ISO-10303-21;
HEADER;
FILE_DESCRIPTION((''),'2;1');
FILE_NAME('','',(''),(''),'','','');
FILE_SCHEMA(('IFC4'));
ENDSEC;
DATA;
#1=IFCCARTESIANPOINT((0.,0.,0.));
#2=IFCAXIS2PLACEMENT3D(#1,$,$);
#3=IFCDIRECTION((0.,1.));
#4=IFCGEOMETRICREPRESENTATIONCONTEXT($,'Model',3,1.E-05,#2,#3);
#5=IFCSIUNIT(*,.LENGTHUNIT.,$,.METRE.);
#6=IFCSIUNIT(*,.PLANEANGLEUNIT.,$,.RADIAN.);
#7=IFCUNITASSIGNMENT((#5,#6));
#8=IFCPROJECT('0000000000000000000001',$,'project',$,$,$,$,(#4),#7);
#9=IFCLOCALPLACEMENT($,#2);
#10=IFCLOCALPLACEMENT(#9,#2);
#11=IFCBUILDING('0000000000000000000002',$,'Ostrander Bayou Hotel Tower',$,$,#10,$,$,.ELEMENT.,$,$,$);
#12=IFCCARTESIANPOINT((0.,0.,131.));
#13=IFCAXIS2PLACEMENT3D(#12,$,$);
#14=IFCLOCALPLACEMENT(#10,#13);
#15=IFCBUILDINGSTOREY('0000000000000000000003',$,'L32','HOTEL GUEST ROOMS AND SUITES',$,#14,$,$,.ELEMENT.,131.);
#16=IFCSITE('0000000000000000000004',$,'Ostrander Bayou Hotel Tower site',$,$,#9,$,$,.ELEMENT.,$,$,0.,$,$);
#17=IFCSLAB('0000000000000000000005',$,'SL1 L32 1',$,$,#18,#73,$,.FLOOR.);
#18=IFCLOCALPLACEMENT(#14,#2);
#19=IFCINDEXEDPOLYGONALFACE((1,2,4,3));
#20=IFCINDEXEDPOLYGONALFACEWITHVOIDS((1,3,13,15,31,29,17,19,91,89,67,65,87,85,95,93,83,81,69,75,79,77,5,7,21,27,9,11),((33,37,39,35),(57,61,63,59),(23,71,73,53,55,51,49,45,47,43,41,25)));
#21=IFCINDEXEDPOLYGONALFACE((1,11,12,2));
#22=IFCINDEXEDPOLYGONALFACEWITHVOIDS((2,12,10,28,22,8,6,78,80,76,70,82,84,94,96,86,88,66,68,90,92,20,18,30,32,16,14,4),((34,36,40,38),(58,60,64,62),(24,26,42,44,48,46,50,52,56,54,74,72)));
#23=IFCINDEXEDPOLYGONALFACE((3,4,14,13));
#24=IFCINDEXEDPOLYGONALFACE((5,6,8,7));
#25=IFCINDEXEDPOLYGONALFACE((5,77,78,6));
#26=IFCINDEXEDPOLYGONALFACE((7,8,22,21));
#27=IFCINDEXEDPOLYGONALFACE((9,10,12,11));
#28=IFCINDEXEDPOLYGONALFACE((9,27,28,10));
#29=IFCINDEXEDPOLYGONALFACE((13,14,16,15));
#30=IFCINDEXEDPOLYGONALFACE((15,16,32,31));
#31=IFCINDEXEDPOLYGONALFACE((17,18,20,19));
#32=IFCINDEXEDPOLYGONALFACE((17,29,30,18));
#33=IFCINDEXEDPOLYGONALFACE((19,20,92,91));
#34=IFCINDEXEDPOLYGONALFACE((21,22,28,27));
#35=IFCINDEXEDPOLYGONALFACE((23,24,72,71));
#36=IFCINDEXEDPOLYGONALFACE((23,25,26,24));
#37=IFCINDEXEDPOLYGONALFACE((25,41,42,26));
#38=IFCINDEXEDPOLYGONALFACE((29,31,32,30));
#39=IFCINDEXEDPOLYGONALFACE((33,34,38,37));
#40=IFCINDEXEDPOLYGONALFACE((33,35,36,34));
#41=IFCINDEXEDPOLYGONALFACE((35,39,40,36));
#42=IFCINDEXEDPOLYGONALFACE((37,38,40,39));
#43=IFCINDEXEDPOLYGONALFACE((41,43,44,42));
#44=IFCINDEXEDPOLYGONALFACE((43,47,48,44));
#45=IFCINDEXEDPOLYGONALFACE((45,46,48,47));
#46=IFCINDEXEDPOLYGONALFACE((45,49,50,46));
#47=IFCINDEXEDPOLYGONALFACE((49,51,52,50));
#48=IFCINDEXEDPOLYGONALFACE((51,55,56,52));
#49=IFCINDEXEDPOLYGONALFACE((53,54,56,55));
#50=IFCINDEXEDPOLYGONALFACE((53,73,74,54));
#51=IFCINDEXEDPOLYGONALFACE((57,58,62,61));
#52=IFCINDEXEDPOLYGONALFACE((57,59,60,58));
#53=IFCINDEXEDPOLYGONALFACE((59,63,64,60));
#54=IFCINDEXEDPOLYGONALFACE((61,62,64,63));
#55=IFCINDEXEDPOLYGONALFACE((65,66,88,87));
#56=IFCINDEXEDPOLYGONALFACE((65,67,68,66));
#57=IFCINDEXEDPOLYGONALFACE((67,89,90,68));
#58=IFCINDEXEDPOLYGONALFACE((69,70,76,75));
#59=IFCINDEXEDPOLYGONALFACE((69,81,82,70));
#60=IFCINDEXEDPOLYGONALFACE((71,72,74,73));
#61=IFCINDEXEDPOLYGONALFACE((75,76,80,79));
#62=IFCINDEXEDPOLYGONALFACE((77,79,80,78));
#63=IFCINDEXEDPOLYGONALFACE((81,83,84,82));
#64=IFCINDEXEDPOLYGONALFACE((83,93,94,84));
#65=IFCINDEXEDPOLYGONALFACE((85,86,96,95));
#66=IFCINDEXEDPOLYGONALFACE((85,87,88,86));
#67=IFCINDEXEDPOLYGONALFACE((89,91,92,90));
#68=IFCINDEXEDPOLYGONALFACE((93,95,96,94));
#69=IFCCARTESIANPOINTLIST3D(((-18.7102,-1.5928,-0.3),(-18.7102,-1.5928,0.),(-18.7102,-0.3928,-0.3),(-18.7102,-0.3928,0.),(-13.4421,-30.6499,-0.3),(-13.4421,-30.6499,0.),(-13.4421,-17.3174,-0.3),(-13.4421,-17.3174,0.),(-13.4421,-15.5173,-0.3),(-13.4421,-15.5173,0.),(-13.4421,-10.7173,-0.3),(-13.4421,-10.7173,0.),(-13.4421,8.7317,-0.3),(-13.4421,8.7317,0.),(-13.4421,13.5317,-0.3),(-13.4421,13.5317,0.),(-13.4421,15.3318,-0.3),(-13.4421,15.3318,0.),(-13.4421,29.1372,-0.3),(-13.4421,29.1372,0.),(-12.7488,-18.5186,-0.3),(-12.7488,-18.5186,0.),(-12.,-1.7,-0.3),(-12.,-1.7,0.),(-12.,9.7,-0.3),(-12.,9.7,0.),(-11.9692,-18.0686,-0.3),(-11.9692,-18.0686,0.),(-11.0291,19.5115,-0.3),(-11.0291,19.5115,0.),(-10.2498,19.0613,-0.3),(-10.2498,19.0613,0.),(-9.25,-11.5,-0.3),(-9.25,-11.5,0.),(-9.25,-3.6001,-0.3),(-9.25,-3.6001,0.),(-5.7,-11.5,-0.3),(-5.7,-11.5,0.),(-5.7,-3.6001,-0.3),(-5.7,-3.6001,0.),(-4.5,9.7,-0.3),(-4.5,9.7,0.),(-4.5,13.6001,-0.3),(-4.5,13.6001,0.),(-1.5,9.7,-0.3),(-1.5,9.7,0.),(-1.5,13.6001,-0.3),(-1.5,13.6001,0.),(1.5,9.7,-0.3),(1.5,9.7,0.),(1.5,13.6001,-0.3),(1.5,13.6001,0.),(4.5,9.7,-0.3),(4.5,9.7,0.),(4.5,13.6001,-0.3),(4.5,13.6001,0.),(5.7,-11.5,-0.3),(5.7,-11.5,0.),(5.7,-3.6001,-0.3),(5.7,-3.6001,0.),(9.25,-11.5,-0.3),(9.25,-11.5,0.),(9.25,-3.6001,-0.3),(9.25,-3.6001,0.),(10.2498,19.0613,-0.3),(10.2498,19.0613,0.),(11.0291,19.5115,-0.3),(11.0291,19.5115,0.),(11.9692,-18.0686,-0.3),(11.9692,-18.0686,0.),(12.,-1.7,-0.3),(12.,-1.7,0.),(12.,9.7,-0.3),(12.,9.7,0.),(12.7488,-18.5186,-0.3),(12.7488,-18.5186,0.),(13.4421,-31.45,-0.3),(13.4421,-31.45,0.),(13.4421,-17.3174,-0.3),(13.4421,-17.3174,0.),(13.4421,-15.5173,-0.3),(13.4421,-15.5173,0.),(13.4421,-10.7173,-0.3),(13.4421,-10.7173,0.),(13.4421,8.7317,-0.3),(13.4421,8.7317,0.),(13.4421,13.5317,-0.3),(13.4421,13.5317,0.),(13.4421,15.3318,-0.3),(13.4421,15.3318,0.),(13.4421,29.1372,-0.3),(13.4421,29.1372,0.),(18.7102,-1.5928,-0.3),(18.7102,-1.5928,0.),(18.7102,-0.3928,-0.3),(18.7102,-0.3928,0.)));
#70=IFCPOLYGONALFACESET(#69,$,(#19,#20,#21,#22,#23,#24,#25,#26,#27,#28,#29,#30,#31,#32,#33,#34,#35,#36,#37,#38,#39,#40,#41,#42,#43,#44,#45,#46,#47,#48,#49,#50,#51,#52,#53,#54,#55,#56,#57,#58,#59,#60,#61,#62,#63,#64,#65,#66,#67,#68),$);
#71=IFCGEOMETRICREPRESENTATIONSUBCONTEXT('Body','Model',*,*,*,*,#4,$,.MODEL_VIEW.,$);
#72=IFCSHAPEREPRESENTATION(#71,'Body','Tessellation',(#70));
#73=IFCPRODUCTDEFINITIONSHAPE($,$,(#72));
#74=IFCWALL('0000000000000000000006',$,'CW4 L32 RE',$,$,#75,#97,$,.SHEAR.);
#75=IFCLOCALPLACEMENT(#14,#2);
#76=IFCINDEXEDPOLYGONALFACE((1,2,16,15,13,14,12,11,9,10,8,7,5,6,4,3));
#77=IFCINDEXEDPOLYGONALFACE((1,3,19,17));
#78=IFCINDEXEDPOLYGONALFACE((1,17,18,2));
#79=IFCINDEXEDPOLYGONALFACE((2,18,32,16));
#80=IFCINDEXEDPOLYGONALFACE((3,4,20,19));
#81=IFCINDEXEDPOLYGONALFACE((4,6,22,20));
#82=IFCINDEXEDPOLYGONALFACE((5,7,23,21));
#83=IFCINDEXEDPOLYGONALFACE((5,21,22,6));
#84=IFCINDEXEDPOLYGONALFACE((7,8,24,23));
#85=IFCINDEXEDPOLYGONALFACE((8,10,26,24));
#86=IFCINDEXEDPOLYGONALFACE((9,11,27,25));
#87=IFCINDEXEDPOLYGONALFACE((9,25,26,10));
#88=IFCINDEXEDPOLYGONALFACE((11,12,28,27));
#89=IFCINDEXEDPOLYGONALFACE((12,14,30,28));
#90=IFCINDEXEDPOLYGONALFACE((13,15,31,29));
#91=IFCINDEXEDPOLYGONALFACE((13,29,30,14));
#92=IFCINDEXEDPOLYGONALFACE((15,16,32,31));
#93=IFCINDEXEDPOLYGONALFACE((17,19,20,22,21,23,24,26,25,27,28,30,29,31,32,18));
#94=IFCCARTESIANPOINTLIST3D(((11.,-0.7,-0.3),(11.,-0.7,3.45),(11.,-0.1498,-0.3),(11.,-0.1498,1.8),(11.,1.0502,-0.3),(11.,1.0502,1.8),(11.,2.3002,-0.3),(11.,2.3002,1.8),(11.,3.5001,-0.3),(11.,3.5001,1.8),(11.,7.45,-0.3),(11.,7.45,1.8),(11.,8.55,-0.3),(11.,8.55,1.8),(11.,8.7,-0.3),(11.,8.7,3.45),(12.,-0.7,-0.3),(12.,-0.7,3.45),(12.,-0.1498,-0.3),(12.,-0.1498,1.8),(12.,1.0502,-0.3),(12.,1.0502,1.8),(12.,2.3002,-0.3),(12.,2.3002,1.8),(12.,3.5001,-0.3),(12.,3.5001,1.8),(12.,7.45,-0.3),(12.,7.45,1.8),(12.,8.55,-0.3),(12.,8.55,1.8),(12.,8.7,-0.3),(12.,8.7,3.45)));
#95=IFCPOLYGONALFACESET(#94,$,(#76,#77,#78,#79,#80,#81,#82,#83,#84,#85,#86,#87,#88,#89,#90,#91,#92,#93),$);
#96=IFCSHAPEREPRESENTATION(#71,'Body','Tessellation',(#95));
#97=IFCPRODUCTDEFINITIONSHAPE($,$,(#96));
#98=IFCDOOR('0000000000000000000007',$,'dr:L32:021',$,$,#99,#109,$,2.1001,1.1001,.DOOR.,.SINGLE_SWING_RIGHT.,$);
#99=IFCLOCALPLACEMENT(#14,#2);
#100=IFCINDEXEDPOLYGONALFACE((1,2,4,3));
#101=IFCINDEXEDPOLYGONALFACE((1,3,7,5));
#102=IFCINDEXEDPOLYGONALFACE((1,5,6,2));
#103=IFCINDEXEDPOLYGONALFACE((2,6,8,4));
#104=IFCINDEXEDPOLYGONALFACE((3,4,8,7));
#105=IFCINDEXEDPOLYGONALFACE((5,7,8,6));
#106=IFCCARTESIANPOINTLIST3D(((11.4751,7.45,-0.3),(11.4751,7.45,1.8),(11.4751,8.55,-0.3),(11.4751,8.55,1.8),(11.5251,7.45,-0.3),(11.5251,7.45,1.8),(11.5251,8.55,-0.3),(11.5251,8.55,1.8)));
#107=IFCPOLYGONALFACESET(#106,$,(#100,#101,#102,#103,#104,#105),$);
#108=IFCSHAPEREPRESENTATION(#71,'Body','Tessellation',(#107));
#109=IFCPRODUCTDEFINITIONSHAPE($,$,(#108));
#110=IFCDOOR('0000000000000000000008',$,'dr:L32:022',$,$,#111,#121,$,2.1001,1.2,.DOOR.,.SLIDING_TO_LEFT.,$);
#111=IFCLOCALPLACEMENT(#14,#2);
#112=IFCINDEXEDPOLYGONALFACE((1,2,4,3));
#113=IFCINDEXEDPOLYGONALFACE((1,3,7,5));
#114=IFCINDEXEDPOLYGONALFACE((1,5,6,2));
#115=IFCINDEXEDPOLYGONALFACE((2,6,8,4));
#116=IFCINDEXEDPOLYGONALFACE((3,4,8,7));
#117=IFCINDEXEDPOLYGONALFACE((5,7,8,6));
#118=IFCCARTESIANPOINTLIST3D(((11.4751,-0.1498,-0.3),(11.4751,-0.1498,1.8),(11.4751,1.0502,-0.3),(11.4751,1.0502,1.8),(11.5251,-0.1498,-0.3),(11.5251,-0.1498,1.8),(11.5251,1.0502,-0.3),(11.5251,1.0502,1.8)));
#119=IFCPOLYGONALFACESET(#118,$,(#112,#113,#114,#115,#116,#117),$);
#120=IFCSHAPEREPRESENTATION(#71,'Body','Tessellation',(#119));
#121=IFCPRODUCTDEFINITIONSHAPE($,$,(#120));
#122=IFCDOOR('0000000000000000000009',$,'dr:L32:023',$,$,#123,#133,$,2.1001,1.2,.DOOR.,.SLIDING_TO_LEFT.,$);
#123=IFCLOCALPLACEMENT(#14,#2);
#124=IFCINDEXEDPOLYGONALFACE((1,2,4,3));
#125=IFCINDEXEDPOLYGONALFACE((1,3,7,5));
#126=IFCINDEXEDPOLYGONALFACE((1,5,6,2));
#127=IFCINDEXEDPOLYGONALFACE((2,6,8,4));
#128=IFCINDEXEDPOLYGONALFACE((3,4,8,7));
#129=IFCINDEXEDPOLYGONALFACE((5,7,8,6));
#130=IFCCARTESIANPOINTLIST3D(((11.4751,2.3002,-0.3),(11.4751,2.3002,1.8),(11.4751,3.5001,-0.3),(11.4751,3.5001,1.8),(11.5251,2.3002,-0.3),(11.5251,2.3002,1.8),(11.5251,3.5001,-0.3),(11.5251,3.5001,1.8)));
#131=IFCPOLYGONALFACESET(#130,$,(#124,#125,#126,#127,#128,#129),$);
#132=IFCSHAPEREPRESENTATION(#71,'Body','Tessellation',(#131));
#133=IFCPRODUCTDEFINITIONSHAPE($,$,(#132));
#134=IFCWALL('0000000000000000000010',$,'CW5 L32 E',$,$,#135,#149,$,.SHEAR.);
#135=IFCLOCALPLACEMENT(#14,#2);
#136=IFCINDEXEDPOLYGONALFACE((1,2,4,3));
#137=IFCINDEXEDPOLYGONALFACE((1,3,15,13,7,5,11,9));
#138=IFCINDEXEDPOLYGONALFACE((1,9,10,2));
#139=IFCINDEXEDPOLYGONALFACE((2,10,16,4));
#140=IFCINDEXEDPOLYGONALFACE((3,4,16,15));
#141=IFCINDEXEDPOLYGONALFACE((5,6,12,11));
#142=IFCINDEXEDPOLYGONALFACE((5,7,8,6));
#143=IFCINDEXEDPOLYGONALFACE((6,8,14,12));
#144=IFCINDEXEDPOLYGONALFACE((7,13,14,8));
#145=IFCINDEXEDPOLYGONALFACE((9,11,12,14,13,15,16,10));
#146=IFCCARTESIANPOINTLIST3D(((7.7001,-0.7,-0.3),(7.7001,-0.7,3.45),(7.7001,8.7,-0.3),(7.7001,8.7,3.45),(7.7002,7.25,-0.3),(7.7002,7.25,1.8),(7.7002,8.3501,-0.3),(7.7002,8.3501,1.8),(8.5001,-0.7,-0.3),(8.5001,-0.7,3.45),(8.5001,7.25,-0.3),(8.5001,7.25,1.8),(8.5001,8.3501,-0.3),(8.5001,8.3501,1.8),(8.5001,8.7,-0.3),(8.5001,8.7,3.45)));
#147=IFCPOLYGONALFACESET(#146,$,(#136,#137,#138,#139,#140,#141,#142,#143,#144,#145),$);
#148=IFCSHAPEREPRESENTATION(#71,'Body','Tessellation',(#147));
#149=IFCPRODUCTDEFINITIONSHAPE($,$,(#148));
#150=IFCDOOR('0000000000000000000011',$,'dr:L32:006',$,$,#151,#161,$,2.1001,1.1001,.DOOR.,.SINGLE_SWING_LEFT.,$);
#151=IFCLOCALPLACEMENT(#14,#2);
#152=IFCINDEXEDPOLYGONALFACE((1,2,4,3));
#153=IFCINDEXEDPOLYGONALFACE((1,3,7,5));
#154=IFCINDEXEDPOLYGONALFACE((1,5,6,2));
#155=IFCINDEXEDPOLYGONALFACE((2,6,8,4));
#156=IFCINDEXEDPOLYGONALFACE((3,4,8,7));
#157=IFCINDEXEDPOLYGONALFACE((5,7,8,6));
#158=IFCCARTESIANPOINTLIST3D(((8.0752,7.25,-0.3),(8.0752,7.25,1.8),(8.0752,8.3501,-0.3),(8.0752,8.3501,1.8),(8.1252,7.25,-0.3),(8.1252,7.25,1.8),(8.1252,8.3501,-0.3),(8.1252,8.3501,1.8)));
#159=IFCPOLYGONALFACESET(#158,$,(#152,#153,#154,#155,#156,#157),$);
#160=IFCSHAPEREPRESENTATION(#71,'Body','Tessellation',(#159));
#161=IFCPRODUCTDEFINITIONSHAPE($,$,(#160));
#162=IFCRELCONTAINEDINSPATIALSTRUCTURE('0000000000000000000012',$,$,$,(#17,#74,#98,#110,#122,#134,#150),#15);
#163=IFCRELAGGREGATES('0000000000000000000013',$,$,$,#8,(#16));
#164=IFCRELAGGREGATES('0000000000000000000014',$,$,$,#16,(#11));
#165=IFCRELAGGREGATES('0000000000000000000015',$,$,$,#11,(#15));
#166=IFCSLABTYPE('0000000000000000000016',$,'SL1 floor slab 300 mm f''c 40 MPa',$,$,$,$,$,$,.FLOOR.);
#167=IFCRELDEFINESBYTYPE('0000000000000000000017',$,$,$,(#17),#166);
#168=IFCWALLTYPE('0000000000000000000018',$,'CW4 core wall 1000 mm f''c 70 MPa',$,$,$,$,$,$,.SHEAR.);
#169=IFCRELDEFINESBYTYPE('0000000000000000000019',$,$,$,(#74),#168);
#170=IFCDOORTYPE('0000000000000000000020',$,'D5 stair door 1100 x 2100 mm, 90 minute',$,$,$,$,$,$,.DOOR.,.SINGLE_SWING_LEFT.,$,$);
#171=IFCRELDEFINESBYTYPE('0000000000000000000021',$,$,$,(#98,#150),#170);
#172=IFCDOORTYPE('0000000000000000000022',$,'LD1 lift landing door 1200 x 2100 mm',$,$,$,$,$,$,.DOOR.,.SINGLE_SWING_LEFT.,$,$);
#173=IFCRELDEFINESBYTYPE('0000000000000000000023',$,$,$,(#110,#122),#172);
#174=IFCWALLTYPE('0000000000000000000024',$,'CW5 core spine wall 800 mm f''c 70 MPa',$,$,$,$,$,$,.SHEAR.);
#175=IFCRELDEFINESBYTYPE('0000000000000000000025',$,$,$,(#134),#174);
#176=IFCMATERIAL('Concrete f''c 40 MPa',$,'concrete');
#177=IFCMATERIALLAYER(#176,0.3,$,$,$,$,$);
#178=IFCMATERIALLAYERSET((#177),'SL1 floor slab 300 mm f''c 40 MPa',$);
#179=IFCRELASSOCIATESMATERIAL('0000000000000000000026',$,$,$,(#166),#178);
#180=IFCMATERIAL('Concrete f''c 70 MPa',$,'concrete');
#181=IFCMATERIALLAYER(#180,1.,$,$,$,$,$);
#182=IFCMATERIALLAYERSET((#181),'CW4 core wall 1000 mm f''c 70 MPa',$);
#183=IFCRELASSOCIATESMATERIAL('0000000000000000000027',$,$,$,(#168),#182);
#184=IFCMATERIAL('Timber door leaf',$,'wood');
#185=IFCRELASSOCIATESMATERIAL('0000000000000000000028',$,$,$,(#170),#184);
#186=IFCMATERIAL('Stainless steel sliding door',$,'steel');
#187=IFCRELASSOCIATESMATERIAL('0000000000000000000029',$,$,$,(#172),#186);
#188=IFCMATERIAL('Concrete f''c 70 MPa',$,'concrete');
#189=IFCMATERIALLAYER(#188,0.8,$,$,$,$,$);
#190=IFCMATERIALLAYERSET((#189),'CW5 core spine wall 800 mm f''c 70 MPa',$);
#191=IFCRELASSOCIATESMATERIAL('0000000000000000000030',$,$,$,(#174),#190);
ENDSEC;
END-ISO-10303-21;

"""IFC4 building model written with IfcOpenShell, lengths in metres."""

from ifc_helpers import new_model, si_unit, direction, frame, frame_2d, origin, place, context, subcontext, project, spatial, polyline, rectangle, outline, extrude, material, layer, layer_set, type_object, element, fill, save


model = new_model("IFC4")

# Units and contexts
model_context = context("Model", 3, precision=1e-05, world=origin(), true_north=direction((0.0, 1.0)))
body_context = subcontext(model_context, "Body", "Model", "MODEL_VIEW")
ifc_project = project(units=[si_unit("LENGTHUNIT", "METRE"), si_unit("PLANEANGLEUNIT", "RADIAN")], contexts=[model_context])

# Site, building, storey
site_placement = place(None, origin())
site = spatial("IfcSite", under=ifc_project, at=site_placement, Name="Ostrander Bayou Hotel Tower site", CompositionType="ELEMENT", RefElevation=0.0)
building_placement = place(site_placement, origin())
building = spatial("IfcBuilding", under=site, at=building_placement, Name="Ostrander Bayou Hotel Tower", CompositionType="ELEMENT")
storey_placement = place(building_placement, frame((0.0, 0.0, 131.0)))
storey = spatial("IfcBuildingStorey", under=building, at=storey_placement, Name="L32", Description="HOTEL GUEST ROOMS AND SUITES", CompositionType="ELEMENT", Elevation=131.0)

# Slab
ifc_material_1 = material(Name="Concrete f'c 40 MPa", Category="concrete")
ifc_layer_1 = layer(ifc_material_1, 0.3)
ifc_layer_set_1 = layer_set([ifc_layer_1], Name="SL1 floor slab 300 mm f'c 40 MPa")
slab_type = type_object("IfcSlabType", Name="SL1 floor slab 300 mm f'c 40 MPa", PredefinedType="FLOOR", material=ifc_layer_set_1)
slab_placement = place(storey_placement, frame((0.0, 0.0, -0.3)))
element("IfcSlab", 1, at=slab_placement, inside=storey, type_object=slab_type, Name="SL1 L32 1", PredefinedType="FLOOR", context=body_context, shape_type="SweptSolid", body=[
    extrude(outline(polyline([(-12.7488, -18.5186), (-11.9692, -18.0686), (-13.4421, -15.5173), (-13.4421, -10.7173), (-18.7102, -1.5928), (-18.7102, -0.3928), (-13.4421, 8.7317), (-13.4421, 13.5317), (-10.2498, 19.0613), (-11.0291, 19.5115), (-13.4421, 15.3318), (-13.4421, 29.1372), (13.4421, 29.1372), (13.4421, 15.3318), (11.0291, 19.5115), (10.2498, 19.0613), (13.4421, 13.5317), (13.4421, 8.7317), (18.7102, -0.3928), (18.7102, -1.5928), (13.4421, -10.7173), (13.4421, -15.5173), (11.9692, -18.0686), (12.7488, -18.5186), (13.4421, -17.3174), (13.4421, -31.45), (-13.4421, -30.6499), (-13.4421, -17.3174), (-12.7488, -18.5186)]), holes=[polyline([(-12.0, -1.7), (12.0, -1.7), (12.0, 9.7), (4.5, 9.7), (4.5, 13.6001), (1.5, 13.6001), (1.5, 9.7), (-1.5, 9.7), (-1.5, 13.6001), (-4.5, 13.6001), (-4.5, 9.7), (-12.0, 9.7), (-12.0, -1.7)]), polyline([(9.25, -3.6001), (5.7, -3.6001), (5.7, -11.5), (9.25, -11.5), (9.25, -3.6001)]), polyline([(-5.7, -3.6001), (-9.25, -3.6001), (-9.25, -11.5), (-5.7, -11.5), (-5.7, -3.6001)])]), origin(), (0.0, 0.0, 1.0), 0.3),
])

# Wall, openings, doors
ifc_material_2 = material(Name="Concrete f'c 70 MPa", Category="concrete")
ifc_layer_2 = layer(ifc_material_2, 1.0)
ifc_layer_set_2 = layer_set([ifc_layer_2], Name="CW4 core wall 1000 mm f'c 70 MPa")
wall_type_1 = type_object("IfcWallType", Name="CW4 core wall 1000 mm f'c 70 MPa", PredefinedType="SHEAR", material=ifc_layer_set_2)
wall_1_placement = place(storey_placement, frame((11.5, -0.7, -0.3), z_axis=(0.0, 0.0, 1.0), x_axis=(0.0, 1.0, 0.0)))
wall_1 = element("IfcWall", 2, at=wall_1_placement, inside=storey, type_object=wall_type_1, Name="CW4 L32 RE", PredefinedType="SHEAR", context=body_context, shape_type="SweptSolid", body=[
    extrude(rectangle(XDim=9.3999, YDim=1.0, at=frame_2d((4.7, 0.0))), origin(), (0.0, 0.0, 1.0), 3.75),
])
opening_1_placement = place(wall_1_placement, frame((8.1499, 0.0, 0.0)))
opening_1 = element("IfcOpeningElement", 3, at=opening_1_placement, cuts=wall_1, PredefinedType="OPENING", context=body_context, shape_type="SweptSolid", body=[
    extrude(rectangle(XDim=1.1001, YDim=2.1001, at=frame_2d((0.55, 1.05))), frame((0.0, 0.5, 0.0), z_axis=(0.0, -1.0, 0.0), x_axis=(1.0, 0.0, 0.0)), (0.0, 0.0, 1.0), 1.0),
])
opening_2_placement = place(wall_1_placement, frame((0.55, 0.0, 0.0)))
opening_2 = element("IfcOpeningElement", 4, at=opening_2_placement, cuts=wall_1, PredefinedType="OPENING", context=body_context, shape_type="SweptSolid", body=[
    extrude(rectangle(XDim=1.2, YDim=2.1001, at=frame_2d((0.6001, 1.05))), frame((0.0, 0.5, 0.0), z_axis=(0.0, -1.0, 0.0), x_axis=(1.0, 0.0, 0.0)), (0.0, 0.0, 1.0), 1.0),
])
opening_3_placement = place(wall_1_placement, frame((3.0, 0.0, 0.0)))
opening_3 = element("IfcOpeningElement", 5, at=opening_3_placement, cuts=wall_1, PredefinedType="OPENING", context=body_context, shape_type="SweptSolid", body=[
    extrude(rectangle(XDim=1.2, YDim=2.1001, at=frame_2d((0.6001, 1.05))), frame((0.0, 0.5, 0.0), z_axis=(0.0, -1.0, 0.0), x_axis=(1.0, 0.0, 0.0)), (0.0, 0.0, 1.0), 1.0),
])
ifc_material_3 = material(Name="Timber door leaf", Category="wood")
door_type_1 = type_object("IfcDoorType", Name="D5 stair door 1100 x 2100 mm, 90 minute", OperationType="SINGLE_SWING_LEFT", PredefinedType="DOOR", material=ifc_material_3)
door_1_placement = place(opening_1_placement, origin())
door_1 = element("IfcDoor", 6, at=door_1_placement, inside=storey, type_object=door_type_1, Name="dr:L32:021", OperationType="SINGLE_SWING_RIGHT", OverallHeight=2.1001, OverallWidth=1.1001, PredefinedType="DOOR", context=body_context, shape_type="SweptSolid", body=[
    extrude(rectangle(XDim=1.1001, YDim=2.1001, at=frame_2d((0.55, 1.05))), frame((0.0, 0.0249, 0.0), z_axis=(0.0, -1.0, 0.0), x_axis=(1.0, 0.0, 0.0)), (0.0, 0.0, 1.0), 0.05),
])
fill(opening_1, door_1)
ifc_material_4 = material(Name="Stainless steel sliding door", Category="steel")
door_type_2 = type_object("IfcDoorType", Name="LD1 lift landing door 1200 x 2100 mm", OperationType="SINGLE_SWING_LEFT", PredefinedType="DOOR", material=ifc_material_4)
door_2_placement = place(opening_2_placement, origin())
door_2 = element("IfcDoor", 7, at=door_2_placement, inside=storey, type_object=door_type_2, Name="dr:L32:022", OperationType="SLIDING_TO_LEFT", OverallHeight=2.1001, OverallWidth=1.2, PredefinedType="DOOR", context=body_context, shape_type="SweptSolid", body=[
    extrude(rectangle(XDim=1.2, YDim=2.1001, at=frame_2d((0.6001, 1.05))), frame((0.0, 0.0249, 0.0), z_axis=(0.0, -1.0, 0.0), x_axis=(1.0, 0.0, 0.0)), (0.0, 0.0, 1.0), 0.05),
])
fill(opening_2, door_2)
door_3_placement = place(opening_3_placement, origin())
door_3 = element("IfcDoor", 8, at=door_3_placement, inside=storey, type_object=door_type_2, Name="dr:L32:023", OperationType="SLIDING_TO_LEFT", OverallHeight=2.1001, OverallWidth=1.2, PredefinedType="DOOR", context=body_context, shape_type="SweptSolid", body=[
    extrude(rectangle(XDim=1.2, YDim=2.1001, at=frame_2d((0.6001, 1.05))), frame((0.0, 0.0249, 0.0), z_axis=(0.0, -1.0, 0.0), x_axis=(1.0, 0.0, 0.0)), (0.0, 0.0, 1.0), 0.05),
])
fill(opening_3, door_3)

# Wall, opening, door
ifc_material_5 = material(Name="Concrete f'c 70 MPa", Category="concrete")
ifc_layer_3 = layer(ifc_material_5, 0.8)
ifc_layer_set_3 = layer_set([ifc_layer_3], Name="CW5 core spine wall 800 mm f'c 70 MPa")
wall_type_2 = type_object("IfcWallType", Name="CW5 core spine wall 800 mm f'c 70 MPa", PredefinedType="SHEAR", material=ifc_layer_set_3)
wall_2_placement = place(storey_placement, frame((8.1001, -0.7, -0.3), z_axis=(0.0, 0.0, 1.0), x_axis=(0.0, 1.0, 0.0)))
wall_2 = element("IfcWall", 9, at=wall_2_placement, inside=storey, type_object=wall_type_2, Name="CW5 L32 E", PredefinedType="SHEAR", context=body_context, shape_type="SweptSolid", body=[
    extrude(rectangle(XDim=9.3999, YDim=0.8, at=frame_2d((4.7, 0.0))), origin(), (0.0, 0.0, 1.0), 3.75),
])
opening_4_placement = place(wall_2_placement, frame((7.95, 0.0, 0.0)))
opening_4 = element("IfcOpeningElement", 10, at=opening_4_placement, cuts=wall_2, PredefinedType="OPENING", context=body_context, shape_type="SweptSolid", body=[
    extrude(rectangle(XDim=1.1001, YDim=2.1001, at=frame_2d((0.55, 1.05))), frame((0.0, 0.3999, 0.0), z_axis=(0.0, -1.0, 0.0), x_axis=(1.0, 0.0, 0.0)), (0.0, 0.0, 1.0), 0.8),
])
door_4_placement = place(opening_4_placement, origin())
door_4 = element("IfcDoor", 11, at=door_4_placement, inside=storey, type_object=door_type_1, Name="dr:L32:006", OperationType="SINGLE_SWING_LEFT", OverallHeight=2.1001, OverallWidth=1.1001, PredefinedType="DOOR", context=body_context, shape_type="SweptSolid", body=[
    extrude(rectangle(XDim=1.1001, YDim=2.1001, at=frame_2d((0.55, 1.05))), frame((0.0, 0.0249, 0.0), z_axis=(0.0, -1.0, 0.0), x_axis=(1.0, 0.0, 0.0)), (0.0, 0.0, 1.0), 0.05),
])
fill(opening_4, door_4)

save(model, "model.ifc")
